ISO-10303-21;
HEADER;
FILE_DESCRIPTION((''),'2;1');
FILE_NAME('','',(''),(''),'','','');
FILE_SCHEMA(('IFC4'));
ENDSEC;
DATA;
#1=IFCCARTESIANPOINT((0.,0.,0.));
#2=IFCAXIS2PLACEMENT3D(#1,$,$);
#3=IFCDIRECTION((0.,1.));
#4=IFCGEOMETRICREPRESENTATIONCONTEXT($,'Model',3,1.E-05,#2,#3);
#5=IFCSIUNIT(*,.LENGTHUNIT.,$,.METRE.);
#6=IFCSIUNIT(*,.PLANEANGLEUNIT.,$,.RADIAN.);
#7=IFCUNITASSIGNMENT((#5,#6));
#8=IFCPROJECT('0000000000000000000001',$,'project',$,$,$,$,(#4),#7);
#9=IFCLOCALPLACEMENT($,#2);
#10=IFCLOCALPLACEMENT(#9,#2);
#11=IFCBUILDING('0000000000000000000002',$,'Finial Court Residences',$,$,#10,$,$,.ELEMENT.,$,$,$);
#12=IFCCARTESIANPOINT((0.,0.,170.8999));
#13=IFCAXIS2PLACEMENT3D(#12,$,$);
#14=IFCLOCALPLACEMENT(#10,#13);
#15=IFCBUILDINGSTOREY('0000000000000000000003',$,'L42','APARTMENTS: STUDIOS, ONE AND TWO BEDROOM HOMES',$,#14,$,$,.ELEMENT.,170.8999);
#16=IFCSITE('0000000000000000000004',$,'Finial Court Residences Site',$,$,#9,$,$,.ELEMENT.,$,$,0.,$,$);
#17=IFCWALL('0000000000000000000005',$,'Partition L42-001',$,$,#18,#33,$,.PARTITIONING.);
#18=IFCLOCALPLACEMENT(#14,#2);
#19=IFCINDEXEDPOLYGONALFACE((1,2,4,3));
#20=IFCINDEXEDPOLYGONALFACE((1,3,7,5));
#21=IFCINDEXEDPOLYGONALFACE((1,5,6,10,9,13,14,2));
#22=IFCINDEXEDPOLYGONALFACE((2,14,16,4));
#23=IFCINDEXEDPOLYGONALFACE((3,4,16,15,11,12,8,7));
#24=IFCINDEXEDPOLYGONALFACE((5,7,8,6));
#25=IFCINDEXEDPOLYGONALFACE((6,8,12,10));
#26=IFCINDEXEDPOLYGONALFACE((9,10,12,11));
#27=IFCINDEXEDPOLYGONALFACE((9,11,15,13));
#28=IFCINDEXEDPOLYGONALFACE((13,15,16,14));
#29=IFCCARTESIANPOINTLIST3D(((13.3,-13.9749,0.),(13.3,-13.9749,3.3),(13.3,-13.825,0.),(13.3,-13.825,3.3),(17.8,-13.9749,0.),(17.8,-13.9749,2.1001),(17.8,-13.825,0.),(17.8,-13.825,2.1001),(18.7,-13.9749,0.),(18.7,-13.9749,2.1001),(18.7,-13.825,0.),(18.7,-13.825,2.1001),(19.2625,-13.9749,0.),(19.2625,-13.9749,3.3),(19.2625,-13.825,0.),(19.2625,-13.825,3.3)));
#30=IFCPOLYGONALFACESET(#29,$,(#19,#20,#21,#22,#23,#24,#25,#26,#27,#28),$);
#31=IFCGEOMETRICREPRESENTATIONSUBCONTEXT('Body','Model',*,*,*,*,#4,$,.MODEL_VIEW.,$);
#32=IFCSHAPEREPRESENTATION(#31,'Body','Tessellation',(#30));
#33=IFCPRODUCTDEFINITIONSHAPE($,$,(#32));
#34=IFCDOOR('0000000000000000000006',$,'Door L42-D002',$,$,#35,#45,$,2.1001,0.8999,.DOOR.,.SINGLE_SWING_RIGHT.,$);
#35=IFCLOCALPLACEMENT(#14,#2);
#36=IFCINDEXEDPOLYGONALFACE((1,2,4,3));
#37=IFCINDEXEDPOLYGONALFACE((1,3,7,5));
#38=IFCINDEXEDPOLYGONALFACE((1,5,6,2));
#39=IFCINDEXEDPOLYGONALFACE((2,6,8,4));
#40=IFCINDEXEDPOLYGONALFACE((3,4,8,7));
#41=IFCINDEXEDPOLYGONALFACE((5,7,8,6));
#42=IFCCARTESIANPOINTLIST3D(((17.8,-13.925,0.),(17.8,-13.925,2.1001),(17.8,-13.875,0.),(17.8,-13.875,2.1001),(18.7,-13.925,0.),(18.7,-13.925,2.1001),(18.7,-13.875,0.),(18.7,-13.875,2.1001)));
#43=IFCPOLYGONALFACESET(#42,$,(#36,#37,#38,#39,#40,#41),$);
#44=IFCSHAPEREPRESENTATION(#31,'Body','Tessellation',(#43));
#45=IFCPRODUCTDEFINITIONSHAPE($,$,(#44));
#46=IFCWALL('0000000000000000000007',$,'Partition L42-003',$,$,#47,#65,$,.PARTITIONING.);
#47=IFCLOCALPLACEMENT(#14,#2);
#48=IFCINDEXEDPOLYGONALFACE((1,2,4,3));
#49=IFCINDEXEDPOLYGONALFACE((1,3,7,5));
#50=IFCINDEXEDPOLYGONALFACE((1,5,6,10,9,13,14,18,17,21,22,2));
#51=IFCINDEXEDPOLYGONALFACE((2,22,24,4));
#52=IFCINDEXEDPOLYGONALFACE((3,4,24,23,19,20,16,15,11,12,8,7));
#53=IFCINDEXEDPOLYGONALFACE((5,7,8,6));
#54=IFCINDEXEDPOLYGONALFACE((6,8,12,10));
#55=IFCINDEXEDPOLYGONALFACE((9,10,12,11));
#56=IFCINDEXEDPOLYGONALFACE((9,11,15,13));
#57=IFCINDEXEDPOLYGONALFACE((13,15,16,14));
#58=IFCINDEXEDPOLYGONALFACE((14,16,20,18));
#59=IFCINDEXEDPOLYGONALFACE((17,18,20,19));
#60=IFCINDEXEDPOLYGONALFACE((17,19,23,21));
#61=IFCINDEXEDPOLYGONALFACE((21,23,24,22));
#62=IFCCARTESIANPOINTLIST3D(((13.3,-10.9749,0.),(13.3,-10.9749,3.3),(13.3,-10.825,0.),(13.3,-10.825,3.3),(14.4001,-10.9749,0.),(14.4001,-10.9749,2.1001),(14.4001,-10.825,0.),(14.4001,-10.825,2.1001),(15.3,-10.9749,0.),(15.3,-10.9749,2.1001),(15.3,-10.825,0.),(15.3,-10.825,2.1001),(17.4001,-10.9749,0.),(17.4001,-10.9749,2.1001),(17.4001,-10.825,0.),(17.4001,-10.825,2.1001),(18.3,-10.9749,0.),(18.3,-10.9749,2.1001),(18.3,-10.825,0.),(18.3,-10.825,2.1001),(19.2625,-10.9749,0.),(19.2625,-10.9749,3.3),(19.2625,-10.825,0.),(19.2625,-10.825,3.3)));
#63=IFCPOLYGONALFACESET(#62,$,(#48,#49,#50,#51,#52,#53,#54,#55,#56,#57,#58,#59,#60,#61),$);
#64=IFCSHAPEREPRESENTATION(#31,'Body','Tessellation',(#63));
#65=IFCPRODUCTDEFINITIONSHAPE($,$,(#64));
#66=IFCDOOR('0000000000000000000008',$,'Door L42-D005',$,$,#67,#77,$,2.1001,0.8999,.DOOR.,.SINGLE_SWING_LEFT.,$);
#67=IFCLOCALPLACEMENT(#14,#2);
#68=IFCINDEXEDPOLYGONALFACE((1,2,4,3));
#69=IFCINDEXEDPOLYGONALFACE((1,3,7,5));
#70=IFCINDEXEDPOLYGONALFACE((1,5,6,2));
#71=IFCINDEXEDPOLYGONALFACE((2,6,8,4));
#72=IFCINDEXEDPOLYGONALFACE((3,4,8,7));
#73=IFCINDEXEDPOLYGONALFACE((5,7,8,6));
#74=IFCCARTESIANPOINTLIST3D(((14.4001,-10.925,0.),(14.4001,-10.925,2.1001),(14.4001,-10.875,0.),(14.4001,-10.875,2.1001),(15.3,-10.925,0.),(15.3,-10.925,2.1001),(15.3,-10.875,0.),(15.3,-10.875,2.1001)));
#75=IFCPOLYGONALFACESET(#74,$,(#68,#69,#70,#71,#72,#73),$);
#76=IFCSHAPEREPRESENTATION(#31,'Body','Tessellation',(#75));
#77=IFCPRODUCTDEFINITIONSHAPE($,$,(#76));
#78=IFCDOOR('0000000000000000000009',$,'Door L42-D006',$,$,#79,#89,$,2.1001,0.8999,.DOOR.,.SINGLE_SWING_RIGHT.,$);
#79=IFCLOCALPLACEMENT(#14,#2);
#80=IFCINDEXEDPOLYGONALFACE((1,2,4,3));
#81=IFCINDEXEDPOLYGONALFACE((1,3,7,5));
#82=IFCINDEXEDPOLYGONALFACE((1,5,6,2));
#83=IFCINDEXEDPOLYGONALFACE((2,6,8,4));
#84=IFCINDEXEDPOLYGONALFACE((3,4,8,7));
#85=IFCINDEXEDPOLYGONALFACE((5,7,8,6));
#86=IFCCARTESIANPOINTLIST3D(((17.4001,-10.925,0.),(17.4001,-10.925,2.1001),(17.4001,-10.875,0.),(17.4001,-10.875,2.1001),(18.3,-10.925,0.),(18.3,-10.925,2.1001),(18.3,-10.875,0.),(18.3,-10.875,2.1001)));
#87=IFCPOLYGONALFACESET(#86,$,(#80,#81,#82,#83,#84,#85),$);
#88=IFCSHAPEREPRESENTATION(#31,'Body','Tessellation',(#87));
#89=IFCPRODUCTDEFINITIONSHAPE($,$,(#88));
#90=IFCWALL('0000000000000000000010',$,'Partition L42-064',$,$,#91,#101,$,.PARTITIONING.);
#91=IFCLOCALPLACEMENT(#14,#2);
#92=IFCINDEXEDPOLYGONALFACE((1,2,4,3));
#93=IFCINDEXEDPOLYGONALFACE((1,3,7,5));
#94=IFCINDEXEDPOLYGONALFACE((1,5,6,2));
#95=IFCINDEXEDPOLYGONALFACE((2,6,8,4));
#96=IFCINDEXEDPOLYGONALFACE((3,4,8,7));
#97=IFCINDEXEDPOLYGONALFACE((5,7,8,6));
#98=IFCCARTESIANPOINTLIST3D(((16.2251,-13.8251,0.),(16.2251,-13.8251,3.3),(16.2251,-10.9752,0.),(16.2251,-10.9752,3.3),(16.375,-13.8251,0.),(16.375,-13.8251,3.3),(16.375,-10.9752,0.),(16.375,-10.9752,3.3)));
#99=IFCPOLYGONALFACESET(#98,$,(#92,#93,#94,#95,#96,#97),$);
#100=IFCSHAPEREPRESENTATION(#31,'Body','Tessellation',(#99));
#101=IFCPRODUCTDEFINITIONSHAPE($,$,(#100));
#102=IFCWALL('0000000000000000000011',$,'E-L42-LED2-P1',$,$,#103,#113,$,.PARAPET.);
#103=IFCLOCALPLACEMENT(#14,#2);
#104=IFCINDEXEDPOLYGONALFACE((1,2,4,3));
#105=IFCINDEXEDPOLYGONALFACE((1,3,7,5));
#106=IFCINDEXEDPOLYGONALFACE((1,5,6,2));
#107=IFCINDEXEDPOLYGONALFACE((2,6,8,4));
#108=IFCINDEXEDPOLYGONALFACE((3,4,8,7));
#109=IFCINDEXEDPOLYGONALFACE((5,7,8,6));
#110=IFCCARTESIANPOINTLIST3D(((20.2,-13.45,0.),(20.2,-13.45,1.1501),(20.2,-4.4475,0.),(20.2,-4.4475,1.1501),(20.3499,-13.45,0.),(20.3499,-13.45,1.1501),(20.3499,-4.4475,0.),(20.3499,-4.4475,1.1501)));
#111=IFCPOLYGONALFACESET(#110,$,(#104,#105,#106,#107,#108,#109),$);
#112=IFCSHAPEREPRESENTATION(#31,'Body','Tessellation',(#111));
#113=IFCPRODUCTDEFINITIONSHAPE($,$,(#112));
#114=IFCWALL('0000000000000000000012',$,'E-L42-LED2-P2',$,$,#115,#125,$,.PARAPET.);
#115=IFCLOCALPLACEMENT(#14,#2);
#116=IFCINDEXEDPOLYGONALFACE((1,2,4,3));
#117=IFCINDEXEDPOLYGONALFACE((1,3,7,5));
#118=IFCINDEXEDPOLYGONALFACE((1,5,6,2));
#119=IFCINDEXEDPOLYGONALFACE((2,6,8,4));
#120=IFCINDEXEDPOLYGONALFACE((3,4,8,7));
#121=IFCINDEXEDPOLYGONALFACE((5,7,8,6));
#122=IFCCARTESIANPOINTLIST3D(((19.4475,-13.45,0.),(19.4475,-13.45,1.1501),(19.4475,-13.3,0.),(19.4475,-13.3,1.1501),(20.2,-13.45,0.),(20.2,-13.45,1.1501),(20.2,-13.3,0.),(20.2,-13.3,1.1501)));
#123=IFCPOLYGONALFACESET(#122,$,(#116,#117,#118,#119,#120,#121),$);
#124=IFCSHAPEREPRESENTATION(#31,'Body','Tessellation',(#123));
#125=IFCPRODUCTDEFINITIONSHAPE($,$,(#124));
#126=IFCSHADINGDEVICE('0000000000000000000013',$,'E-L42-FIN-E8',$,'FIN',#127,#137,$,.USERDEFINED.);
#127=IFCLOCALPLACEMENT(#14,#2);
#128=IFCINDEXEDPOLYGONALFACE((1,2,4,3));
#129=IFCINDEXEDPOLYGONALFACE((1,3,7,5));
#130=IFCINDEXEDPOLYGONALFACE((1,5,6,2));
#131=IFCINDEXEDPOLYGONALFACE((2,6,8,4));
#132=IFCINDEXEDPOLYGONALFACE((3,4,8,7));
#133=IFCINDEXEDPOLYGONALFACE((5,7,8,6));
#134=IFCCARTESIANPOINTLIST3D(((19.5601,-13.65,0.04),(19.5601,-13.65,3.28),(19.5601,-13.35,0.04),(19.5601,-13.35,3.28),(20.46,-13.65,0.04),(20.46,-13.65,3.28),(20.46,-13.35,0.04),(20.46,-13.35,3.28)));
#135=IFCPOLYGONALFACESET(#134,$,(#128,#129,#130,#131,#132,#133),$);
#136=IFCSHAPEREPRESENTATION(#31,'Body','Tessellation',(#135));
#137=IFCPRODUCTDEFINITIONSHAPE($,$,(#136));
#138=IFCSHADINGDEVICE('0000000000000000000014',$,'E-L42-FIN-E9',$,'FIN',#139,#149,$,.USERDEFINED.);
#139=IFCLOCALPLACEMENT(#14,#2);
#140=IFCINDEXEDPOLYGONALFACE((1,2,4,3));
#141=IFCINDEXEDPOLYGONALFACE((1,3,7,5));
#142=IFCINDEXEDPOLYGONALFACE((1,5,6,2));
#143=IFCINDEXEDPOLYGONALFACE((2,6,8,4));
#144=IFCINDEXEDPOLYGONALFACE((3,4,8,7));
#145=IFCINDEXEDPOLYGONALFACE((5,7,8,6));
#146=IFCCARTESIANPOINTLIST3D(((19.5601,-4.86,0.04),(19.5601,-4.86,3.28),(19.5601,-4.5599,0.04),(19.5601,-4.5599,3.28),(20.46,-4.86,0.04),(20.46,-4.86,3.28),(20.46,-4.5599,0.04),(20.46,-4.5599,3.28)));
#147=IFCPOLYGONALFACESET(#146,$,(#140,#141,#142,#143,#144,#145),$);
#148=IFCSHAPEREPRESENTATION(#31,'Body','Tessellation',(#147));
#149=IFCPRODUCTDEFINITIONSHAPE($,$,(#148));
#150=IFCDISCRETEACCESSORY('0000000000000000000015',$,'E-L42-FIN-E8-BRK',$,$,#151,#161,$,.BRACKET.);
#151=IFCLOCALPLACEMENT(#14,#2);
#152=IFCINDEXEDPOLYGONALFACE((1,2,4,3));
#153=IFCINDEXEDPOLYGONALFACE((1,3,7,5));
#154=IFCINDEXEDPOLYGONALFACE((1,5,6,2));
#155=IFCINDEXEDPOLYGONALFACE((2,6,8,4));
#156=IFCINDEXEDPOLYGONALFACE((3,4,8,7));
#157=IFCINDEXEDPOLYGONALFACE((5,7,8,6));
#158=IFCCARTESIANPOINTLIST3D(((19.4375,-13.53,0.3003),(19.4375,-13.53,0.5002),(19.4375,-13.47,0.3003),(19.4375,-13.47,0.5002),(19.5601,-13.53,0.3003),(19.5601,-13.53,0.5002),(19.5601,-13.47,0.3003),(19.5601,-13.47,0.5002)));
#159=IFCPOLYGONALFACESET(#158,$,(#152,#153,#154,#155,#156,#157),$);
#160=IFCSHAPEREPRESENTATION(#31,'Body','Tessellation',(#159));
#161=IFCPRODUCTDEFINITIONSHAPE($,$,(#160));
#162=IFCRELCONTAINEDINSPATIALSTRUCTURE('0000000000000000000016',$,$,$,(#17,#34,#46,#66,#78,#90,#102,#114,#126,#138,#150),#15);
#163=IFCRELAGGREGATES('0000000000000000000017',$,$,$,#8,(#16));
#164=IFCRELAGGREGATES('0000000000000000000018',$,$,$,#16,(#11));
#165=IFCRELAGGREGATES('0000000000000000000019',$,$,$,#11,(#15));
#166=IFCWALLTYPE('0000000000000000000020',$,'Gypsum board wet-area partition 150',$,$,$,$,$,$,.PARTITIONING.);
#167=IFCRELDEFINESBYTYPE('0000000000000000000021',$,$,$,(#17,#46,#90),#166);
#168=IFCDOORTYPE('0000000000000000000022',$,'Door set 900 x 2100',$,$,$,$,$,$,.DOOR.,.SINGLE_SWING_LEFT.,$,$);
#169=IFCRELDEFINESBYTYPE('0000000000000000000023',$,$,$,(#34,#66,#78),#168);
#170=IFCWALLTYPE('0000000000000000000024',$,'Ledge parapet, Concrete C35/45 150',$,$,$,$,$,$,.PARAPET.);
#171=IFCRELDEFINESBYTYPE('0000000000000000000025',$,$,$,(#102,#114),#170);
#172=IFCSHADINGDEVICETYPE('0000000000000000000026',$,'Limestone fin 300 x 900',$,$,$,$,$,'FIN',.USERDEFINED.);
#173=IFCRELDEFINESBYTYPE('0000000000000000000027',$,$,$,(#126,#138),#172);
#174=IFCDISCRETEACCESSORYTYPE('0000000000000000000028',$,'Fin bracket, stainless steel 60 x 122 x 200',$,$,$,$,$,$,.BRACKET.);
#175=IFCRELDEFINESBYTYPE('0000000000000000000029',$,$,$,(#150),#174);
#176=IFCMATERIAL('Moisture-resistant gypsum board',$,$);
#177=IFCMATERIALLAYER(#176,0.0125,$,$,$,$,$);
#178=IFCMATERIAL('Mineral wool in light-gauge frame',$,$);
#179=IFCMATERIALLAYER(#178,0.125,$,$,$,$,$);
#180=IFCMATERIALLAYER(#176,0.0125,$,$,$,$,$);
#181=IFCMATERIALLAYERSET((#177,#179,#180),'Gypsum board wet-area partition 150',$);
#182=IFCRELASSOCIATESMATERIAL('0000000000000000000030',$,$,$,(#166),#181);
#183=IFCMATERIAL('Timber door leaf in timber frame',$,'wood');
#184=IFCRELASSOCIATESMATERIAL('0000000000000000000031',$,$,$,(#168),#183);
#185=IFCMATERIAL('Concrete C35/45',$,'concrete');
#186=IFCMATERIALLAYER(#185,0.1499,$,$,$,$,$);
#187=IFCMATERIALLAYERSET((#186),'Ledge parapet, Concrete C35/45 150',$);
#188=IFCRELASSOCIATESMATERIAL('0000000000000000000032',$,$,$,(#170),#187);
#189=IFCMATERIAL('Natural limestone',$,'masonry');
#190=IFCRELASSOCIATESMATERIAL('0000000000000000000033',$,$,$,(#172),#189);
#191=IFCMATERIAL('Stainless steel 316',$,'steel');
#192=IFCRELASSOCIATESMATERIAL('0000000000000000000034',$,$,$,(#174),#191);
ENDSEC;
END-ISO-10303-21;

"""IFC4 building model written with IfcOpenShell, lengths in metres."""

from ifc_helpers import new_model, si_unit, direction, frame, frame_2d, origin, origin_2d, place, context, subcontext, project, spatial, rectangle, extrude, material, layer, layer_set, type_object, element, fill, save


model = new_model("IFC4")

# Units and contexts
model_context = context("Model", 3, precision=1e-05, world=origin(), true_north=direction((0.0, 1.0)))
body_context = subcontext(model_context, "Body", "Model", "MODEL_VIEW")
ifc_project = project(units=[si_unit("LENGTHUNIT", "METRE"), si_unit("PLANEANGLEUNIT", "RADIAN")], contexts=[model_context])

# Site, building, storey
site_placement = place(None, origin())
site = spatial("IfcSite", under=ifc_project, at=site_placement, Name="Finial Court Residences Site", CompositionType="ELEMENT", RefElevation=0.0)
building_placement = place(site_placement, origin())
building = spatial("IfcBuilding", under=site, at=building_placement, Name="Finial Court Residences", CompositionType="ELEMENT")
storey_placement = place(building_placement, frame((0.0, 0.0, 170.8999)))
storey = spatial("IfcBuildingStorey", under=building, at=storey_placement, Name="L42", Description="APARTMENTS: STUDIOS, ONE AND TWO BEDROOM HOMES", CompositionType="ELEMENT", Elevation=170.8999)

# Wall, opening, door
ifc_material_1 = material(Name="Moisture-resistant gypsum board")
ifc_layer_1 = layer(ifc_material_1, 0.0125)
ifc_material_2 = material(Name="Mineral wool in light-gauge frame")
ifc_layer_2 = layer(ifc_material_2, 0.125)
ifc_layer_3 = layer(ifc_material_1, 0.0125)
ifc_layer_set_1 = layer_set([ifc_layer_1, ifc_layer_2, ifc_layer_3], Name="Gypsum board wet-area partition 150")
wall_type_1 = type_object("IfcWallType", Name="Gypsum board wet-area partition 150", PredefinedType="PARTITIONING", material=ifc_layer_set_1)
wall_1_placement = place(storey_placement, frame((13.3, -13.8999, 0.0), z_axis=(0.0, 0.0, 1.0), x_axis=(1.0, 0.0, 0.0)))
wall_1 = element("IfcWall", 1, at=wall_1_placement, inside=storey, type_object=wall_type_1, Name="Partition L42-001", PredefinedType="PARTITIONING", context=body_context, shape_type="SweptSolid", body=[
    extrude(rectangle(XDim=5.9624, YDim=0.1499, at=frame_2d((2.9812, 0.0))), origin(), (0.0, 0.0, 1.0), 3.3),
])
opening_1_placement = place(wall_1_placement, frame((4.5, 0.0, 0.0)))
opening_1 = element("IfcOpeningElement", 2, at=opening_1_placement, cuts=wall_1, PredefinedType="OPENING", context=body_context, shape_type="SweptSolid", body=[
    extrude(rectangle(XDim=0.8999, YDim=2.1001, at=frame_2d((0.45, 1.05))), frame((0.0, 0.085, 0.0), z_axis=(0.0, -1.0, 0.0), x_axis=(1.0, 0.0, 0.0)), (0.0, 0.0, 1.0), 0.1699),
])
ifc_material_3 = material(Name="Timber door leaf in timber frame", Category="wood")
door_type_1 = type_object("IfcDoorType", Name="Door set 900 x 2100", OperationType="SINGLE_SWING_LEFT", PredefinedType="DOOR", material=ifc_material_3)
door_1_placement = place(opening_1_placement, origin())
door_1 = element("IfcDoor", 3, at=door_1_placement, inside=storey, type_object=door_type_1, Name="Door L42-D002", OperationType="SINGLE_SWING_RIGHT", OverallHeight=2.1001, OverallWidth=0.8999, PredefinedType="DOOR", context=body_context, shape_type="SweptSolid", body=[
    extrude(rectangle(XDim=0.8999, YDim=2.1001, at=frame_2d((0.45, 1.05))), frame((0.0, 0.0249, 0.0), z_axis=(0.0, -1.0, 0.0), x_axis=(1.0, 0.0, 0.0)), (0.0, 0.0, 1.0), 0.05),
])
fill(opening_1, door_1)

# Wall, openings, doors
wall_2_placement = place(storey_placement, frame((13.3, -10.8999, 0.0), z_axis=(0.0, 0.0, 1.0), x_axis=(1.0, 0.0, 0.0)))
wall_2 = element("IfcWall", 4, at=wall_2_placement, inside=storey, type_object=wall_type_1, Name="Partition L42-003", PredefinedType="PARTITIONING", context=body_context, shape_type="SweptSolid", body=[
    extrude(rectangle(XDim=5.9624, YDim=0.1499, at=frame_2d((2.9812, 0.0))), origin(), (0.0, 0.0, 1.0), 3.3),
])
opening_2_placement = place(wall_2_placement, frame((1.1001, 0.0, 0.0)))
opening_2 = element("IfcOpeningElement", 5, at=opening_2_placement, cuts=wall_2, PredefinedType="OPENING", context=body_context, shape_type="SweptSolid", body=[
    extrude(rectangle(XDim=0.8999, YDim=2.1001, at=frame_2d((0.45, 1.05))), frame((0.0, 0.085, 0.0), z_axis=(0.0, -1.0, 0.0), x_axis=(1.0, 0.0, 0.0)), (0.0, 0.0, 1.0), 0.1699),
])
opening_3_placement = place(wall_2_placement, frame((4.1001, 0.0, 0.0)))
opening_3 = element("IfcOpeningElement", 6, at=opening_3_placement, cuts=wall_2, PredefinedType="OPENING", context=body_context, shape_type="SweptSolid", body=[
    extrude(rectangle(XDim=0.8999, YDim=2.1001, at=frame_2d((0.45, 1.05))), frame((0.0, 0.085, 0.0), z_axis=(0.0, -1.0, 0.0), x_axis=(1.0, 0.0, 0.0)), (0.0, 0.0, 1.0), 0.1699),
])
door_2_placement = place(opening_2_placement, origin())
door_2 = element("IfcDoor", 7, at=door_2_placement, inside=storey, type_object=door_type_1, Name="Door L42-D005", OperationType="SINGLE_SWING_LEFT", OverallHeight=2.1001, OverallWidth=0.8999, PredefinedType="DOOR", context=body_context, shape_type="SweptSolid", body=[
    extrude(rectangle(XDim=0.8999, YDim=2.1001, at=frame_2d((0.45, 1.05))), frame((0.0, 0.0249, 0.0), z_axis=(0.0, -1.0, 0.0), x_axis=(1.0, 0.0, 0.0)), (0.0, 0.0, 1.0), 0.05),
])
fill(opening_2, door_2)
door_3_placement = place(opening_3_placement, origin())
door_3 = element("IfcDoor", 8, at=door_3_placement, inside=storey, type_object=door_type_1, Name="Door L42-D006", OperationType="SINGLE_SWING_RIGHT", OverallHeight=2.1001, OverallWidth=0.8999, PredefinedType="DOOR", context=body_context, shape_type="SweptSolid", body=[
    extrude(rectangle(XDim=0.8999, YDim=2.1001, at=frame_2d((0.45, 1.05))), frame((0.0, 0.0249, 0.0), z_axis=(0.0, -1.0, 0.0), x_axis=(1.0, 0.0, 0.0)), (0.0, 0.0, 1.0), 0.05),
])
fill(opening_3, door_3)

# Walls
wall_3_placement = place(storey_placement, frame((16.3, -13.825, 0.0), z_axis=(0.0, 0.0, 1.0), x_axis=(0.0, 1.0, 0.0)))
element("IfcWall", 9, at=wall_3_placement, inside=storey, type_object=wall_type_1, Name="Partition L42-064", PredefinedType="PARTITIONING", context=body_context, shape_type="SweptSolid", body=[
    extrude(rectangle(XDim=2.8499, YDim=0.1499, at=frame_2d((1.4248, 0.0))), origin(), (0.0, 0.0, 1.0), 3.3),
])
ifc_material_4 = material(Name="Concrete C35/45", Category="concrete")
ifc_layer_4 = layer(ifc_material_4, 0.1499)
ifc_layer_set_2 = layer_set([ifc_layer_4], Name="Ledge parapet, Concrete C35/45 150")
wall_type_2 = type_object("IfcWallType", Name="Ledge parapet, Concrete C35/45 150", PredefinedType="PARAPET", material=ifc_layer_set_2)
wall_4_placement = place(storey_placement, frame((20.2749, -4.4475, 0.0), z_axis=(0.0, 0.0, 1.0), x_axis=(0.0, -1.0, 0.0)))
element("IfcWall", 10, at=wall_4_placement, inside=storey, type_object=wall_type_2, Name="E-L42-LED2-P1", PredefinedType="PARAPET", context=body_context, shape_type="SweptSolid", body=[
    extrude(rectangle(XDim=9.0024, YDim=0.1499, at=frame_2d((4.5012, 0.0))), origin(), (0.0, 0.0, 1.0), 1.1501),
])
wall_5_placement = place(storey_placement, frame((20.2, -13.375, 0.0), z_axis=(0.0, 0.0, 1.0), x_axis=(-1.0, 0.0, 0.0)))
element("IfcWall", 11, at=wall_5_placement, inside=storey, type_object=wall_type_2, Name="E-L42-LED2-P2", PredefinedType="PARAPET", context=body_context, shape_type="SweptSolid", body=[
    extrude(rectangle(XDim=0.7524, YDim=0.1499, at=frame_2d((0.3762, 0.0))), origin(), (0.0, 0.0, 1.0), 1.1501),
])

# Shading devices
ifc_material_5 = material(Name="Natural limestone", Category="masonry")
shading_device_type = type_object("IfcShadingDeviceType", Name="Limestone fin 300 x 900", ElementType="FIN", PredefinedType="USERDEFINED", material=ifc_material_5)
for number, where, z_axis, x_axis, name in (
    (12, (20.01, -13.5, 0.04), (0.0, 0.0, 1.0), (1.0, 0.0, 0.0), "E-L42-FIN-E8"),
    (13, (20.01, -4.71, 0.04), (0.0, 0.0, 1.0), (1.0, 0.0, 0.0), "E-L42-FIN-E9"),
):
    element("IfcShadingDevice", number, at=place(storey_placement, frame(where, z_axis=z_axis, x_axis=x_axis)), inside=storey, type_object=shading_device_type, Name=name, ObjectType="FIN", PredefinedType="USERDEFINED", context=body_context, shape_type="SweptSolid", body=[
        extrude(rectangle(XDim=0.8999, YDim=0.3, at=origin_2d()), origin(), (0.0, 0.0, 1.0), 3.24),
    ])

# Discrete accessory
ifc_material_6 = material(Name="Stainless steel 316", Category="steel")
discrete_accessory_type = type_object("IfcDiscreteAccessoryType", Name="Fin bracket, stainless steel 60 x 122 x 200", PredefinedType="BRACKET", material=ifc_material_6)
discrete_accessory_placement = place(storey_placement, frame((19.4988, -13.5, 0.3003), z_axis=(0.0, 0.0, 1.0), x_axis=(1.0, 0.0, 0.0)))
element("IfcDiscreteAccessory", 14, at=discrete_accessory_placement, inside=storey, type_object=discrete_accessory_type, Name="E-L42-FIN-E8-BRK", PredefinedType="BRACKET", context=body_context, shape_type="SweptSolid", body=[
    extrude(rectangle(XDim=0.1226, YDim=0.0601, at=origin_2d()), origin(), (0.0, 0.0, 1.0), 0.2),
])

save(model, "model.ifc")
